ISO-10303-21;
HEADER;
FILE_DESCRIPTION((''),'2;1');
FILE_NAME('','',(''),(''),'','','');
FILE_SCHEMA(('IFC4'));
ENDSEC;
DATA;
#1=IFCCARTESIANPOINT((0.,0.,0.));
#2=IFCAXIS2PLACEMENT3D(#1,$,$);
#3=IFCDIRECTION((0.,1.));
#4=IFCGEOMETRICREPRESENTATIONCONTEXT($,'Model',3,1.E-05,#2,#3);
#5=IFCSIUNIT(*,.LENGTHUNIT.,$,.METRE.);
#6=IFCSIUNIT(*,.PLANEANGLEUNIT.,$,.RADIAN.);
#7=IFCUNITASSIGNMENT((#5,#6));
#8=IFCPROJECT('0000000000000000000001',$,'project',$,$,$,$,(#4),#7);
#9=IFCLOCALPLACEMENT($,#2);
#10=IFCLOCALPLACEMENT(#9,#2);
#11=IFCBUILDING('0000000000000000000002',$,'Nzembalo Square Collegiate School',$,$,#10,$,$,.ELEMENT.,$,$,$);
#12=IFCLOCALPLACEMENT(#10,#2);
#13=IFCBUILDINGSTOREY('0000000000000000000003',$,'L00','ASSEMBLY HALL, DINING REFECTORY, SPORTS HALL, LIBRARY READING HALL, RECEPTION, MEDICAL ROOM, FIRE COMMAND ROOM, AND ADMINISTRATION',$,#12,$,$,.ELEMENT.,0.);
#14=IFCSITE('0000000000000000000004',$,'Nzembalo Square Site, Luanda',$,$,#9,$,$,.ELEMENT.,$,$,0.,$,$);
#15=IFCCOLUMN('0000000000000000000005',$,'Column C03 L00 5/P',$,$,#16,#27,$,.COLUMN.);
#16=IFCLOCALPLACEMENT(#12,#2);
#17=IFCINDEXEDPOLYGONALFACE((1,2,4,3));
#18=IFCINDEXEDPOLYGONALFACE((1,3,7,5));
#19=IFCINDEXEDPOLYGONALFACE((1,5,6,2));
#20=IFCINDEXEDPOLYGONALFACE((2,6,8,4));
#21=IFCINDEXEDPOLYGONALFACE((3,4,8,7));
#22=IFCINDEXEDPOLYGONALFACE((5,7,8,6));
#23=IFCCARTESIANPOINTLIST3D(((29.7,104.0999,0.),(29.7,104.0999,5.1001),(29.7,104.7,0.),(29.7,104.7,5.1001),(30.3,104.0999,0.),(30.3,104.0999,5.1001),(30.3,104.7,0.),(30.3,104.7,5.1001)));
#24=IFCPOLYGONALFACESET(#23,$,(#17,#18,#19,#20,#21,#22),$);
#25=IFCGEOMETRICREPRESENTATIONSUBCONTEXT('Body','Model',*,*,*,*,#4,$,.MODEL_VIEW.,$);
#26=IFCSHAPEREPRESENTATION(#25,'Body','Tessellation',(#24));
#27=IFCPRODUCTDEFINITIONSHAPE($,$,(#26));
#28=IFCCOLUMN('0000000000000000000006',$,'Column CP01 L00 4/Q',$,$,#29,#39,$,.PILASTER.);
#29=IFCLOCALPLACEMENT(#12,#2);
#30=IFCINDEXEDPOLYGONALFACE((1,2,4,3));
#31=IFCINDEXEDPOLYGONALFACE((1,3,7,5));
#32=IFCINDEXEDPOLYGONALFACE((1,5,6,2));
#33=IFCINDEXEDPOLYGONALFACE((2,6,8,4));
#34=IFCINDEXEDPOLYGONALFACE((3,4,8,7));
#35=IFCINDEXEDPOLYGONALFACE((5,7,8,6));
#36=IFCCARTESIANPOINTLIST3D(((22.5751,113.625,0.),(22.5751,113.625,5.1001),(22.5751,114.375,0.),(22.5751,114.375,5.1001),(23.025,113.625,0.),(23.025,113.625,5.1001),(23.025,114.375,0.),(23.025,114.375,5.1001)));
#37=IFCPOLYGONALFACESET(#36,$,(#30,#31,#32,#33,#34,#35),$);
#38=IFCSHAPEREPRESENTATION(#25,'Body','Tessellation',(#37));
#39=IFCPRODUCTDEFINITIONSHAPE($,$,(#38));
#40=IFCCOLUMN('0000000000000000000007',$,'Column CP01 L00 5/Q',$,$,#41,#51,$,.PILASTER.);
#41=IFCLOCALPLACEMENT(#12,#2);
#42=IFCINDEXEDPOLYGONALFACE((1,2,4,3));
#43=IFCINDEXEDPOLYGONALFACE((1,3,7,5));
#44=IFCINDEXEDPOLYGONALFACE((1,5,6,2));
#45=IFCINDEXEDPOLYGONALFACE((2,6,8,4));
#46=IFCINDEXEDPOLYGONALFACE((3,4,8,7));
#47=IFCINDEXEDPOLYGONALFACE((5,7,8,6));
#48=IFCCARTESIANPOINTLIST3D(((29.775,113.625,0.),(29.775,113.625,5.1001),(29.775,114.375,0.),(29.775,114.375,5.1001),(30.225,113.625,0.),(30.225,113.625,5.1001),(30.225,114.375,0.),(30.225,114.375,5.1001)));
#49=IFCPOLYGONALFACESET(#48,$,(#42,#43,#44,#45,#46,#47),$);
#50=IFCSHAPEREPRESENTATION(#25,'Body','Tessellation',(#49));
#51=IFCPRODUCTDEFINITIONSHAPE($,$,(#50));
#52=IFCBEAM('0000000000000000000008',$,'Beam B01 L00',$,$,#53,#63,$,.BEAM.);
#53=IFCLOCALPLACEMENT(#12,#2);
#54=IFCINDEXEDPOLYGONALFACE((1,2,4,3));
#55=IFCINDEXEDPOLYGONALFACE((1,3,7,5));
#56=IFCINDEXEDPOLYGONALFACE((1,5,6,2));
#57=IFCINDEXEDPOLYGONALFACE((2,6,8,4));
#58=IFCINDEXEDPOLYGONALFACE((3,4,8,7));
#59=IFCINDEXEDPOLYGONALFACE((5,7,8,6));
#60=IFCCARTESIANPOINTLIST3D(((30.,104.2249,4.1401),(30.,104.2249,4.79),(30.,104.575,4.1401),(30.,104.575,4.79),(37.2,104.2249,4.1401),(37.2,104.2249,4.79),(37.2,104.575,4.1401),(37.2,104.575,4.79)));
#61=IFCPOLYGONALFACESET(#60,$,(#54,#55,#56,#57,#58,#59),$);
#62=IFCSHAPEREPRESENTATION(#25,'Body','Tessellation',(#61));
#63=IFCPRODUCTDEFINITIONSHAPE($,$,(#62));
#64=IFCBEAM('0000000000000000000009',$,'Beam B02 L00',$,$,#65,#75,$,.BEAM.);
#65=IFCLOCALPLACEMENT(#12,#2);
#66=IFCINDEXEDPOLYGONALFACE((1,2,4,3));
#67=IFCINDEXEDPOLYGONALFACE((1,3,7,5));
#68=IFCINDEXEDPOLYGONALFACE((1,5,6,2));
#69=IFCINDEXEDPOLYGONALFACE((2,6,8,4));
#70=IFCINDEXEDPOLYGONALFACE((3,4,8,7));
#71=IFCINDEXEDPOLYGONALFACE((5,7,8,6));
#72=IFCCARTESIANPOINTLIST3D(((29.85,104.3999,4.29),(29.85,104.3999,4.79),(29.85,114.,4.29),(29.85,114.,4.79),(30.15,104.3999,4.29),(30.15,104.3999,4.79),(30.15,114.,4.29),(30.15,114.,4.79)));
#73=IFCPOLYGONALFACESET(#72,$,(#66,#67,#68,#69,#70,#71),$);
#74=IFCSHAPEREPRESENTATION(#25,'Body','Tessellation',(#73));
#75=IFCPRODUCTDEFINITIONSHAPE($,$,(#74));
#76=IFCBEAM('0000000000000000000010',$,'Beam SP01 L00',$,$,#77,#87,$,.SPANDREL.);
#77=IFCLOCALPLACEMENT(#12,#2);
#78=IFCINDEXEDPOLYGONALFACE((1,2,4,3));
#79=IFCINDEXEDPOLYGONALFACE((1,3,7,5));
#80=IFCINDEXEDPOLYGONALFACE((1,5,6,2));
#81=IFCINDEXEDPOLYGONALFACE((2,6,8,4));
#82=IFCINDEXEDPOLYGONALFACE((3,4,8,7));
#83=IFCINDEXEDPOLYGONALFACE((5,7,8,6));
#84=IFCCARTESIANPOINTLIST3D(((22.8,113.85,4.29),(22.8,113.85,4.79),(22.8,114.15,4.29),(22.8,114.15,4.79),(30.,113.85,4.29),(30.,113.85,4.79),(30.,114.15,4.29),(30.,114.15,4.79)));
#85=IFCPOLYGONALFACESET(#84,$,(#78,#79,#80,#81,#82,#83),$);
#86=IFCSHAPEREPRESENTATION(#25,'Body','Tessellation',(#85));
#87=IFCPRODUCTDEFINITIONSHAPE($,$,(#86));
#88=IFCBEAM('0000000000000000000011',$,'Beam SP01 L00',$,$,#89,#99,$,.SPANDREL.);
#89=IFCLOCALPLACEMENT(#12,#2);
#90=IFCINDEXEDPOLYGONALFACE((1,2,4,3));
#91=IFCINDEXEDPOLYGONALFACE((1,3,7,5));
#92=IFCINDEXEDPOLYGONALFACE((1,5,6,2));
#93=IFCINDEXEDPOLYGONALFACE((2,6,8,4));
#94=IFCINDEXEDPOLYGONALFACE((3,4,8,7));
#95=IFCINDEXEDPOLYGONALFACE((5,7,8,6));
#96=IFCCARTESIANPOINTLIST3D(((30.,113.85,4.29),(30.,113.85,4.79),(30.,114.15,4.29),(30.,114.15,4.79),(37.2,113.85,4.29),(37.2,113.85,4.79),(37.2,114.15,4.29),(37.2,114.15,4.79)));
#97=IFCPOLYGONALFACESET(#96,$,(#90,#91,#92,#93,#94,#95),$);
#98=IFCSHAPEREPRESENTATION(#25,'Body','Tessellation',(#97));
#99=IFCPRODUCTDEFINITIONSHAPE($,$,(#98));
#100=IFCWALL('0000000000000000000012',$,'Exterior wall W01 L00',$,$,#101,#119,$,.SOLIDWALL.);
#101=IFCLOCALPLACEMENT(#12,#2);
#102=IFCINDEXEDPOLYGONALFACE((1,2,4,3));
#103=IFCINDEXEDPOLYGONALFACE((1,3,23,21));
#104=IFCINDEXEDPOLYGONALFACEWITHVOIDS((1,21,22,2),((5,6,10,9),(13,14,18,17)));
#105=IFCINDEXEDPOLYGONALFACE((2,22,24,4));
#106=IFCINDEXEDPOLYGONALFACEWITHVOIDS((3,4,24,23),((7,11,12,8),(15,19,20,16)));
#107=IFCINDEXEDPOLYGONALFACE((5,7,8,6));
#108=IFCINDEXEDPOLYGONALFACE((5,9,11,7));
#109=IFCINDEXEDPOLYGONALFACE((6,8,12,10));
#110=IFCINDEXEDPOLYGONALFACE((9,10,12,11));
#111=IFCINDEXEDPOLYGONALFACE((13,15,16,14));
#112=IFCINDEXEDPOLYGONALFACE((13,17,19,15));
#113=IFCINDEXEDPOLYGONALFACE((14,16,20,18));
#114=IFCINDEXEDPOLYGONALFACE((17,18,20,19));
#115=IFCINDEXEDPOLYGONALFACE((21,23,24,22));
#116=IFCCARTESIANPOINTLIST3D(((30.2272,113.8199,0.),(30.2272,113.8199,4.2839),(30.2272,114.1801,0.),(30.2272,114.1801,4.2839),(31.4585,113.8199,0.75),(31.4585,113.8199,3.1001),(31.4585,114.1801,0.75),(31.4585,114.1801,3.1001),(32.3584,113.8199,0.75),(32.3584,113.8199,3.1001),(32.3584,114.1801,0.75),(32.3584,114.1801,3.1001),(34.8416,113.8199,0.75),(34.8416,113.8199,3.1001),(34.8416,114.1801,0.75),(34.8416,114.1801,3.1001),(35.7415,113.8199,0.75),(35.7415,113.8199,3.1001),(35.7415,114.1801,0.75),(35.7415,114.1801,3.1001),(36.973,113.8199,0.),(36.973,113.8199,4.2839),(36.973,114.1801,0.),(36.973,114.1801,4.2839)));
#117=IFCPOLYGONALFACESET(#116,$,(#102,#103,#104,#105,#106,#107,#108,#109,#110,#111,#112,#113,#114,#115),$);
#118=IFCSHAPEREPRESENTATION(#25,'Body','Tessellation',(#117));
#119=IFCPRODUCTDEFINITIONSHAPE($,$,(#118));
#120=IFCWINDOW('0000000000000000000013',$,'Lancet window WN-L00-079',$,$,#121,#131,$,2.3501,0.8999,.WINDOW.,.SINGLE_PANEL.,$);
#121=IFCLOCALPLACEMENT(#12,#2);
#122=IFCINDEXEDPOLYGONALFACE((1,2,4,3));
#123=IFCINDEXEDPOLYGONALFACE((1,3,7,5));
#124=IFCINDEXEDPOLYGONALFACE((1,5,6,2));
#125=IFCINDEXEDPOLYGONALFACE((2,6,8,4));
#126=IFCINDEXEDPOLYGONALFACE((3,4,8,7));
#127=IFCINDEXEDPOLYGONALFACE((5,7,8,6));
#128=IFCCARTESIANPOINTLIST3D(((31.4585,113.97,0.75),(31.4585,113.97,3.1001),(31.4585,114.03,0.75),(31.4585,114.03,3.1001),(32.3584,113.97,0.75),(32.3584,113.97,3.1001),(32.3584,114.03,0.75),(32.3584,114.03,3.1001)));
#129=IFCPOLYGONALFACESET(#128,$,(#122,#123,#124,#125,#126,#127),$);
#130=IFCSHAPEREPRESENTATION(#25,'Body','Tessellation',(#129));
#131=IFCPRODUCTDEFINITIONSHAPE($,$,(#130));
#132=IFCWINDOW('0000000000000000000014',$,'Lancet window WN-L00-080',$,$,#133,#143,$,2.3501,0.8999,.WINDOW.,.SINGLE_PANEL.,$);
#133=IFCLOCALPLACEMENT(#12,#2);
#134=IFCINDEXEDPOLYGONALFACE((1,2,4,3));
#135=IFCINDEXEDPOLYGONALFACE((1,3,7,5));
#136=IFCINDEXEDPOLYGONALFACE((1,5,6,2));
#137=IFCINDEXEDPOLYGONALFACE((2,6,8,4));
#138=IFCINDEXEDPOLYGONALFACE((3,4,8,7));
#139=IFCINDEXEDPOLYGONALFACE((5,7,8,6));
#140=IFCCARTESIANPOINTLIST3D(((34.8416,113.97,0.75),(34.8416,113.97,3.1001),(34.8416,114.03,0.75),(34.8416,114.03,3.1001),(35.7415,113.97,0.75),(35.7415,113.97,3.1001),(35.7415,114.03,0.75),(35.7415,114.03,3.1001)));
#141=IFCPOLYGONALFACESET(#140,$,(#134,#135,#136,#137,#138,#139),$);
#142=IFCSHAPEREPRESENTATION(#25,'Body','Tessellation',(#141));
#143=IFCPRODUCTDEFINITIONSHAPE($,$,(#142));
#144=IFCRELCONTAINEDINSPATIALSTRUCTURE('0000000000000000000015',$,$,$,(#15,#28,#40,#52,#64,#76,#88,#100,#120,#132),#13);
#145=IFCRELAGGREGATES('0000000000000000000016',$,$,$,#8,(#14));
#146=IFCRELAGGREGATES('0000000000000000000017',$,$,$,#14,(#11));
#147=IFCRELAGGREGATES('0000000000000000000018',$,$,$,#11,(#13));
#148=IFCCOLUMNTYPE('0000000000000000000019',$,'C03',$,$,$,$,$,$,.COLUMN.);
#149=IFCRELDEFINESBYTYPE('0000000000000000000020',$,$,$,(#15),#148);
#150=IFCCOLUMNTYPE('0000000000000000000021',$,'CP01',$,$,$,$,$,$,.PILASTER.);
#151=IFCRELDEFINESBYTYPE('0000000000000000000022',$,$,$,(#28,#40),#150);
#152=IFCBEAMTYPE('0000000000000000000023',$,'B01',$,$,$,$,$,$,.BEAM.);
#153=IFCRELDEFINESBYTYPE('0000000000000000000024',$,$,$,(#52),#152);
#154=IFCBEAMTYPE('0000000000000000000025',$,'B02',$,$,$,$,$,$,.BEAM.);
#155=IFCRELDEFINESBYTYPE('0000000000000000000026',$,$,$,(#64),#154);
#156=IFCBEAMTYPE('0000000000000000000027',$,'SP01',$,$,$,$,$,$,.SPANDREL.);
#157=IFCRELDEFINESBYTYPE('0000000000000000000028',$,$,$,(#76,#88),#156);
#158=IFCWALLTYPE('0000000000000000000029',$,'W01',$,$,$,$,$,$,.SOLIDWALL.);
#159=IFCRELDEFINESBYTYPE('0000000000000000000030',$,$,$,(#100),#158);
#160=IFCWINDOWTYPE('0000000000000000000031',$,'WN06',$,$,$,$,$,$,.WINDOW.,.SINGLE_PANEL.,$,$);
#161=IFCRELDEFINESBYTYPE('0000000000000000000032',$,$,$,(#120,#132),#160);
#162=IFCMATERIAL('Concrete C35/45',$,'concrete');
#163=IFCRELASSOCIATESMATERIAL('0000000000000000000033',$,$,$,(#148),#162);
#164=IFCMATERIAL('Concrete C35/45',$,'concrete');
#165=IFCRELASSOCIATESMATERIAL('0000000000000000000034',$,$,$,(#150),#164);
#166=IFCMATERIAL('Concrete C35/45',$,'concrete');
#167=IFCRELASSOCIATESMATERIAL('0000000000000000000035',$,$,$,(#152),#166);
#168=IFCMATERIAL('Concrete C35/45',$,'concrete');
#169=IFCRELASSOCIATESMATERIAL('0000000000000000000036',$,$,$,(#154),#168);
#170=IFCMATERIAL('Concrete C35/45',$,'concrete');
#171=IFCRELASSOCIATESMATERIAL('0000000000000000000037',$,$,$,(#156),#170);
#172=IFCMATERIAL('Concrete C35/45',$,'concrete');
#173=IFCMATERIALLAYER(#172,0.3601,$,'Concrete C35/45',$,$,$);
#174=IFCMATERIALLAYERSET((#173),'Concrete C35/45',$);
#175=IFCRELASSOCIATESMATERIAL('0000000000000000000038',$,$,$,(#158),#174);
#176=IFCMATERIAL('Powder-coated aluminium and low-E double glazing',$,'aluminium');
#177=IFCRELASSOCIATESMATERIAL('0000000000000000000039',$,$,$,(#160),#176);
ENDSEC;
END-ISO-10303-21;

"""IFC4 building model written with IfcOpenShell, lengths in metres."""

from ifc_helpers import new_model, si_unit, direction, frame, frame_2d, origin, origin_2d, place, context, subcontext, project, spatial, rectangle, extrude, material, layer, layer_set, material_profile, profile_set, type_object, element, fill, save


model = new_model("IFC4")

# Units and contexts
model_context = context("Model", 3, precision=1e-05, world=origin(), true_north=direction((0.0, 1.0)))
body_context = subcontext(model_context, "Body", "Model", "MODEL_VIEW")
ifc_project = project(units=[si_unit("LENGTHUNIT", "METRE"), si_unit("PLANEANGLEUNIT", "RADIAN")], contexts=[model_context])

# Site, building, storey
site_placement = place(None, origin())
site = spatial("IfcSite", under=ifc_project, at=site_placement, Name="Nzembalo Square Site, Luanda", CompositionType="ELEMENT", RefElevation=0.0)
building_placement = place(site_placement, origin())
building = spatial("IfcBuilding", under=site, at=building_placement, Name="Nzembalo Square Collegiate School", CompositionType="ELEMENT")
storey_placement = place(building_placement, origin())
storey = spatial("IfcBuildingStorey", under=building, at=storey_placement, Name="L00", Description="ASSEMBLY HALL, DINING REFECTORY, SPORTS HALL, LIBRARY READING HALL, RECEPTION, MEDICAL ROOM, FIRE COMMAND ROOM, AND ADMINISTRATION", CompositionType="ELEMENT", Elevation=0.0)

# Columns
ifc_material_1 = material(Name="Concrete C35/45", Category="concrete")
ifc_material_profile_1 = material_profile(ifc_material_1, rectangle(XDim=0.6001, YDim=0.6001, at=origin_2d()), Name="RC 600x600")
ifc_profile_set_1 = profile_set([ifc_material_profile_1], Name="Concrete C35/45")
column_type_1 = type_object("IfcColumnType", Name="C03", PredefinedType="COLUMN", material=ifc_profile_set_1)
column_placement = place(storey_placement, frame((30.0, 104.3999, 0.0), z_axis=(0.0, 0.0, 1.0), x_axis=(1.0, 0.0, 0.0)))
element("IfcColumn", 1, at=column_placement, inside=storey, type_object=column_type_1, Name="Column C03 L00 5/P", PredefinedType="COLUMN", context=body_context, shape_type="SweptSolid", body=[
    extrude(rectangle(XDim=0.6001, YDim=0.6001, at=origin_2d()), origin(), (0.0, 0.0, 1.0), 5.1001),
])
ifc_material_2 = material(Name="Concrete C35/45", Category="concrete")
ifc_material_profile_2 = material_profile(ifc_material_2, rectangle(XDim=0.45, YDim=0.75, at=origin_2d()), Name="RC 450x750")
ifc_profile_set_2 = profile_set([ifc_material_profile_2], Name="Concrete C35/45")
column_type_2 = type_object("IfcColumnType", Name="CP01", PredefinedType="PILASTER", material=ifc_profile_set_2)
for number, where, z_axis, x_axis, name in (
    (2, (22.8, 114.0, 0.0), (0.0, 0.0, 1.0), (1.0, 0.0, 0.0), "Column CP01 L00 4/Q"),
    (3, (30.0, 114.0, 0.0), (0.0, 0.0, 1.0), (1.0, 0.0, 0.0), "Column CP01 L00 5/Q"),
):
    element("IfcColumn", number, at=place(storey_placement, frame(where, z_axis=z_axis, x_axis=x_axis)), inside=storey, type_object=column_type_2, Name=name, PredefinedType="PILASTER", context=body_context, shape_type="SweptSolid", body=[
        extrude(rectangle(XDim=0.45, YDim=0.75, at=origin_2d()), origin(), (0.0, 0.0, 1.0), 5.1001),
    ])

# Beams
ifc_material_3 = material(Name="Concrete C35/45", Category="concrete")
ifc_material_profile_3 = material_profile(ifc_material_3, rectangle(XDim=0.3501, YDim=0.6499, at=origin_2d()), Name="RC 350x650")
ifc_profile_set_3 = profile_set([ifc_material_profile_3], Name="Concrete C35/45")
beam_type_1 = type_object("IfcBeamType", Name="B01", PredefinedType="BEAM", material=ifc_profile_set_3)
beam_1_placement = place(storey_placement, frame((30.0, 104.3999, 4.4651), z_axis=(1.0, 0.0, 0.0), x_axis=(0.0, 1.0, 0.0)))
element("IfcBeam", 4, at=beam_1_placement, inside=storey, type_object=beam_type_1, Name="Beam B01 L00", PredefinedType="BEAM", context=body_context, shape_type="SweptSolid", body=[
    extrude(rectangle(XDim=0.3501, YDim=0.6499, at=origin_2d()), origin(), (0.0, 0.0, 1.0), 7.2),
])
ifc_material_4 = material(Name="Concrete C35/45", Category="concrete")
ifc_material_profile_4 = material_profile(ifc_material_4, rectangle(XDim=0.3, YDim=0.5, at=origin_2d()), Name="RC 300x500")
ifc_profile_set_4 = profile_set([ifc_material_profile_4], Name="Concrete C35/45")
beam_type_2 = type_object("IfcBeamType", Name="B02", PredefinedType="BEAM", material=ifc_profile_set_4)
beam_2_placement = place(storey_placement, frame((30.0, 104.3999, 4.54), z_axis=(0.0, 1.0, 0.0), x_axis=(-1.0, 0.0, 0.0)))
element("IfcBeam", 5, at=beam_2_placement, inside=storey, type_object=beam_type_2, Name="Beam B02 L00", PredefinedType="BEAM", context=body_context, shape_type="SweptSolid", body=[
    extrude(rectangle(XDim=0.3, YDim=0.5, at=origin_2d()), origin(), (0.0, 0.0, 1.0), 9.6001),
])
ifc_material_5 = material(Name="Concrete C35/45", Category="concrete")
ifc_material_profile_5 = material_profile(ifc_material_5, rectangle(XDim=0.3, YDim=0.5, at=origin_2d()), Name="RC 300x500")
ifc_profile_set_5 = profile_set([ifc_material_profile_5], Name="Concrete C35/45")
beam_type_3 = type_object("IfcBeamType", Name="SP01", PredefinedType="SPANDREL", material=ifc_profile_set_5)
for number, where, z_axis, x_axis, name in (
    (6, (22.8, 114.0, 4.54), (1.0, 0.0, 0.0), (0.0, 1.0, 0.0), "Beam SP01 L00"),
    (7, (30.0, 114.0, 4.54), (1.0, 0.0, 0.0), (0.0, 1.0, 0.0), "Beam SP01 L00"),
):
    element("IfcBeam", number, at=place(storey_placement, frame(where, z_axis=z_axis, x_axis=x_axis)), inside=storey, type_object=beam_type_3, Name=name, PredefinedType="SPANDREL", context=body_context, shape_type="SweptSolid", body=[
        extrude(rectangle(XDim=0.3, YDim=0.5, at=origin_2d()), origin(), (0.0, 0.0, 1.0), 7.2),
    ])

# Wall, openings, windows
ifc_material_6 = material(Name="Concrete C35/45", Category="concrete")
ifc_layer_1 = layer(ifc_material_6, 0.3601, Name="Concrete C35/45")
ifc_layer_set_1 = layer_set([ifc_layer_1], Name="Concrete C35/45")
wall_type_1 = type_object("IfcWallType", Name="W01", PredefinedType="SOLIDWALL", material=ifc_layer_set_1)
wall_1_placement = place(storey_placement, frame((30.2271, 114.0, 0.0), z_axis=(0.0, 0.0, 1.0), x_axis=(1.0, 0.0, 0.0)))
wall_1 = element("IfcWall", 8, at=wall_1_placement, inside=storey, type_object=wall_type_1, Name="Exterior wall W01 L00", PredefinedType="SOLIDWALL", context=body_context, shape_type="SweptSolid", body=[
    extrude(rectangle(XDim=6.7458, YDim=0.3601, at=frame_2d((3.373, 0.0))), origin(), (0.0, 0.0, 1.0), 4.2839),
])
opening_1_placement = place(wall_1_placement, frame((1.2314, 0.0, 0.75)))
opening_1 = element("IfcOpeningElement", 9, at=opening_1_placement, cuts=wall_1, PredefinedType="OPENING", context=body_context, shape_type="SweptSolid", body=[
    extrude(rectangle(XDim=0.8999, YDim=2.3501, at=frame_2d((0.45, 1.175))), frame((0.0, 0.1899, 0.0), z_axis=(0.0, -1.0, 0.0), x_axis=(1.0, 0.0, 0.0)), (0.0, 0.0, 1.0), 0.3801),
])
opening_2_placement = place(wall_1_placement, frame((4.6145, 0.0, 0.75)))
opening_2 = element("IfcOpeningElement", 10, at=opening_2_placement, cuts=wall_1, PredefinedType="OPENING", context=body_context, shape_type="SweptSolid", body=[
    extrude(rectangle(XDim=0.8999, YDim=2.3501, at=frame_2d((0.45, 1.175))), frame((0.0, 0.1899, 0.0), z_axis=(0.0, -1.0, 0.0), x_axis=(1.0, 0.0, 0.0)), (0.0, 0.0, 1.0), 0.3801),
])
ifc_material_7 = material(Name="Powder-coated aluminium and low-E double glazing", Category="aluminium")
window_type = type_object("IfcWindowType", Name="WN06", PartitioningType="SINGLE_PANEL", PredefinedType="WINDOW", material=ifc_material_7)
window_1_placement = place(opening_1_placement, origin())
window_1 = element("IfcWindow", 11, at=window_1_placement, inside=storey, type_object=window_type, Name="Lancet window WN-L00-079", OverallHeight=2.3501, OverallWidth=0.8999, PartitioningType="SINGLE_PANEL", PredefinedType="WINDOW", context=body_context, shape_type="SweptSolid", body=[
    extrude(rectangle(XDim=0.8999, YDim=2.3501, at=frame_2d((0.45, 1.175))), frame((0.0, 0.03, 0.0), z_axis=(0.0, -1.0, 0.0), x_axis=(1.0, 0.0, 0.0)), (0.0, 0.0, 1.0), 0.0601),
])
fill(opening_1, window_1)
window_2_placement = place(opening_2_placement, origin())
window_2 = element("IfcWindow", 12, at=window_2_placement, inside=storey, type_object=window_type, Name="Lancet window WN-L00-080", OverallHeight=2.3501, OverallWidth=0.8999, PartitioningType="SINGLE_PANEL", PredefinedType="WINDOW", context=body_context, shape_type="SweptSolid", body=[
    extrude(rectangle(XDim=0.8999, YDim=2.3501, at=frame_2d((0.45, 1.175))), frame((0.0, 0.03, 0.0), z_axis=(0.0, -1.0, 0.0), x_axis=(1.0, 0.0, 0.0)), (0.0, 0.0, 1.0), 0.0601),
])
fill(opening_2, window_2)

save(model, "model.ifc")
